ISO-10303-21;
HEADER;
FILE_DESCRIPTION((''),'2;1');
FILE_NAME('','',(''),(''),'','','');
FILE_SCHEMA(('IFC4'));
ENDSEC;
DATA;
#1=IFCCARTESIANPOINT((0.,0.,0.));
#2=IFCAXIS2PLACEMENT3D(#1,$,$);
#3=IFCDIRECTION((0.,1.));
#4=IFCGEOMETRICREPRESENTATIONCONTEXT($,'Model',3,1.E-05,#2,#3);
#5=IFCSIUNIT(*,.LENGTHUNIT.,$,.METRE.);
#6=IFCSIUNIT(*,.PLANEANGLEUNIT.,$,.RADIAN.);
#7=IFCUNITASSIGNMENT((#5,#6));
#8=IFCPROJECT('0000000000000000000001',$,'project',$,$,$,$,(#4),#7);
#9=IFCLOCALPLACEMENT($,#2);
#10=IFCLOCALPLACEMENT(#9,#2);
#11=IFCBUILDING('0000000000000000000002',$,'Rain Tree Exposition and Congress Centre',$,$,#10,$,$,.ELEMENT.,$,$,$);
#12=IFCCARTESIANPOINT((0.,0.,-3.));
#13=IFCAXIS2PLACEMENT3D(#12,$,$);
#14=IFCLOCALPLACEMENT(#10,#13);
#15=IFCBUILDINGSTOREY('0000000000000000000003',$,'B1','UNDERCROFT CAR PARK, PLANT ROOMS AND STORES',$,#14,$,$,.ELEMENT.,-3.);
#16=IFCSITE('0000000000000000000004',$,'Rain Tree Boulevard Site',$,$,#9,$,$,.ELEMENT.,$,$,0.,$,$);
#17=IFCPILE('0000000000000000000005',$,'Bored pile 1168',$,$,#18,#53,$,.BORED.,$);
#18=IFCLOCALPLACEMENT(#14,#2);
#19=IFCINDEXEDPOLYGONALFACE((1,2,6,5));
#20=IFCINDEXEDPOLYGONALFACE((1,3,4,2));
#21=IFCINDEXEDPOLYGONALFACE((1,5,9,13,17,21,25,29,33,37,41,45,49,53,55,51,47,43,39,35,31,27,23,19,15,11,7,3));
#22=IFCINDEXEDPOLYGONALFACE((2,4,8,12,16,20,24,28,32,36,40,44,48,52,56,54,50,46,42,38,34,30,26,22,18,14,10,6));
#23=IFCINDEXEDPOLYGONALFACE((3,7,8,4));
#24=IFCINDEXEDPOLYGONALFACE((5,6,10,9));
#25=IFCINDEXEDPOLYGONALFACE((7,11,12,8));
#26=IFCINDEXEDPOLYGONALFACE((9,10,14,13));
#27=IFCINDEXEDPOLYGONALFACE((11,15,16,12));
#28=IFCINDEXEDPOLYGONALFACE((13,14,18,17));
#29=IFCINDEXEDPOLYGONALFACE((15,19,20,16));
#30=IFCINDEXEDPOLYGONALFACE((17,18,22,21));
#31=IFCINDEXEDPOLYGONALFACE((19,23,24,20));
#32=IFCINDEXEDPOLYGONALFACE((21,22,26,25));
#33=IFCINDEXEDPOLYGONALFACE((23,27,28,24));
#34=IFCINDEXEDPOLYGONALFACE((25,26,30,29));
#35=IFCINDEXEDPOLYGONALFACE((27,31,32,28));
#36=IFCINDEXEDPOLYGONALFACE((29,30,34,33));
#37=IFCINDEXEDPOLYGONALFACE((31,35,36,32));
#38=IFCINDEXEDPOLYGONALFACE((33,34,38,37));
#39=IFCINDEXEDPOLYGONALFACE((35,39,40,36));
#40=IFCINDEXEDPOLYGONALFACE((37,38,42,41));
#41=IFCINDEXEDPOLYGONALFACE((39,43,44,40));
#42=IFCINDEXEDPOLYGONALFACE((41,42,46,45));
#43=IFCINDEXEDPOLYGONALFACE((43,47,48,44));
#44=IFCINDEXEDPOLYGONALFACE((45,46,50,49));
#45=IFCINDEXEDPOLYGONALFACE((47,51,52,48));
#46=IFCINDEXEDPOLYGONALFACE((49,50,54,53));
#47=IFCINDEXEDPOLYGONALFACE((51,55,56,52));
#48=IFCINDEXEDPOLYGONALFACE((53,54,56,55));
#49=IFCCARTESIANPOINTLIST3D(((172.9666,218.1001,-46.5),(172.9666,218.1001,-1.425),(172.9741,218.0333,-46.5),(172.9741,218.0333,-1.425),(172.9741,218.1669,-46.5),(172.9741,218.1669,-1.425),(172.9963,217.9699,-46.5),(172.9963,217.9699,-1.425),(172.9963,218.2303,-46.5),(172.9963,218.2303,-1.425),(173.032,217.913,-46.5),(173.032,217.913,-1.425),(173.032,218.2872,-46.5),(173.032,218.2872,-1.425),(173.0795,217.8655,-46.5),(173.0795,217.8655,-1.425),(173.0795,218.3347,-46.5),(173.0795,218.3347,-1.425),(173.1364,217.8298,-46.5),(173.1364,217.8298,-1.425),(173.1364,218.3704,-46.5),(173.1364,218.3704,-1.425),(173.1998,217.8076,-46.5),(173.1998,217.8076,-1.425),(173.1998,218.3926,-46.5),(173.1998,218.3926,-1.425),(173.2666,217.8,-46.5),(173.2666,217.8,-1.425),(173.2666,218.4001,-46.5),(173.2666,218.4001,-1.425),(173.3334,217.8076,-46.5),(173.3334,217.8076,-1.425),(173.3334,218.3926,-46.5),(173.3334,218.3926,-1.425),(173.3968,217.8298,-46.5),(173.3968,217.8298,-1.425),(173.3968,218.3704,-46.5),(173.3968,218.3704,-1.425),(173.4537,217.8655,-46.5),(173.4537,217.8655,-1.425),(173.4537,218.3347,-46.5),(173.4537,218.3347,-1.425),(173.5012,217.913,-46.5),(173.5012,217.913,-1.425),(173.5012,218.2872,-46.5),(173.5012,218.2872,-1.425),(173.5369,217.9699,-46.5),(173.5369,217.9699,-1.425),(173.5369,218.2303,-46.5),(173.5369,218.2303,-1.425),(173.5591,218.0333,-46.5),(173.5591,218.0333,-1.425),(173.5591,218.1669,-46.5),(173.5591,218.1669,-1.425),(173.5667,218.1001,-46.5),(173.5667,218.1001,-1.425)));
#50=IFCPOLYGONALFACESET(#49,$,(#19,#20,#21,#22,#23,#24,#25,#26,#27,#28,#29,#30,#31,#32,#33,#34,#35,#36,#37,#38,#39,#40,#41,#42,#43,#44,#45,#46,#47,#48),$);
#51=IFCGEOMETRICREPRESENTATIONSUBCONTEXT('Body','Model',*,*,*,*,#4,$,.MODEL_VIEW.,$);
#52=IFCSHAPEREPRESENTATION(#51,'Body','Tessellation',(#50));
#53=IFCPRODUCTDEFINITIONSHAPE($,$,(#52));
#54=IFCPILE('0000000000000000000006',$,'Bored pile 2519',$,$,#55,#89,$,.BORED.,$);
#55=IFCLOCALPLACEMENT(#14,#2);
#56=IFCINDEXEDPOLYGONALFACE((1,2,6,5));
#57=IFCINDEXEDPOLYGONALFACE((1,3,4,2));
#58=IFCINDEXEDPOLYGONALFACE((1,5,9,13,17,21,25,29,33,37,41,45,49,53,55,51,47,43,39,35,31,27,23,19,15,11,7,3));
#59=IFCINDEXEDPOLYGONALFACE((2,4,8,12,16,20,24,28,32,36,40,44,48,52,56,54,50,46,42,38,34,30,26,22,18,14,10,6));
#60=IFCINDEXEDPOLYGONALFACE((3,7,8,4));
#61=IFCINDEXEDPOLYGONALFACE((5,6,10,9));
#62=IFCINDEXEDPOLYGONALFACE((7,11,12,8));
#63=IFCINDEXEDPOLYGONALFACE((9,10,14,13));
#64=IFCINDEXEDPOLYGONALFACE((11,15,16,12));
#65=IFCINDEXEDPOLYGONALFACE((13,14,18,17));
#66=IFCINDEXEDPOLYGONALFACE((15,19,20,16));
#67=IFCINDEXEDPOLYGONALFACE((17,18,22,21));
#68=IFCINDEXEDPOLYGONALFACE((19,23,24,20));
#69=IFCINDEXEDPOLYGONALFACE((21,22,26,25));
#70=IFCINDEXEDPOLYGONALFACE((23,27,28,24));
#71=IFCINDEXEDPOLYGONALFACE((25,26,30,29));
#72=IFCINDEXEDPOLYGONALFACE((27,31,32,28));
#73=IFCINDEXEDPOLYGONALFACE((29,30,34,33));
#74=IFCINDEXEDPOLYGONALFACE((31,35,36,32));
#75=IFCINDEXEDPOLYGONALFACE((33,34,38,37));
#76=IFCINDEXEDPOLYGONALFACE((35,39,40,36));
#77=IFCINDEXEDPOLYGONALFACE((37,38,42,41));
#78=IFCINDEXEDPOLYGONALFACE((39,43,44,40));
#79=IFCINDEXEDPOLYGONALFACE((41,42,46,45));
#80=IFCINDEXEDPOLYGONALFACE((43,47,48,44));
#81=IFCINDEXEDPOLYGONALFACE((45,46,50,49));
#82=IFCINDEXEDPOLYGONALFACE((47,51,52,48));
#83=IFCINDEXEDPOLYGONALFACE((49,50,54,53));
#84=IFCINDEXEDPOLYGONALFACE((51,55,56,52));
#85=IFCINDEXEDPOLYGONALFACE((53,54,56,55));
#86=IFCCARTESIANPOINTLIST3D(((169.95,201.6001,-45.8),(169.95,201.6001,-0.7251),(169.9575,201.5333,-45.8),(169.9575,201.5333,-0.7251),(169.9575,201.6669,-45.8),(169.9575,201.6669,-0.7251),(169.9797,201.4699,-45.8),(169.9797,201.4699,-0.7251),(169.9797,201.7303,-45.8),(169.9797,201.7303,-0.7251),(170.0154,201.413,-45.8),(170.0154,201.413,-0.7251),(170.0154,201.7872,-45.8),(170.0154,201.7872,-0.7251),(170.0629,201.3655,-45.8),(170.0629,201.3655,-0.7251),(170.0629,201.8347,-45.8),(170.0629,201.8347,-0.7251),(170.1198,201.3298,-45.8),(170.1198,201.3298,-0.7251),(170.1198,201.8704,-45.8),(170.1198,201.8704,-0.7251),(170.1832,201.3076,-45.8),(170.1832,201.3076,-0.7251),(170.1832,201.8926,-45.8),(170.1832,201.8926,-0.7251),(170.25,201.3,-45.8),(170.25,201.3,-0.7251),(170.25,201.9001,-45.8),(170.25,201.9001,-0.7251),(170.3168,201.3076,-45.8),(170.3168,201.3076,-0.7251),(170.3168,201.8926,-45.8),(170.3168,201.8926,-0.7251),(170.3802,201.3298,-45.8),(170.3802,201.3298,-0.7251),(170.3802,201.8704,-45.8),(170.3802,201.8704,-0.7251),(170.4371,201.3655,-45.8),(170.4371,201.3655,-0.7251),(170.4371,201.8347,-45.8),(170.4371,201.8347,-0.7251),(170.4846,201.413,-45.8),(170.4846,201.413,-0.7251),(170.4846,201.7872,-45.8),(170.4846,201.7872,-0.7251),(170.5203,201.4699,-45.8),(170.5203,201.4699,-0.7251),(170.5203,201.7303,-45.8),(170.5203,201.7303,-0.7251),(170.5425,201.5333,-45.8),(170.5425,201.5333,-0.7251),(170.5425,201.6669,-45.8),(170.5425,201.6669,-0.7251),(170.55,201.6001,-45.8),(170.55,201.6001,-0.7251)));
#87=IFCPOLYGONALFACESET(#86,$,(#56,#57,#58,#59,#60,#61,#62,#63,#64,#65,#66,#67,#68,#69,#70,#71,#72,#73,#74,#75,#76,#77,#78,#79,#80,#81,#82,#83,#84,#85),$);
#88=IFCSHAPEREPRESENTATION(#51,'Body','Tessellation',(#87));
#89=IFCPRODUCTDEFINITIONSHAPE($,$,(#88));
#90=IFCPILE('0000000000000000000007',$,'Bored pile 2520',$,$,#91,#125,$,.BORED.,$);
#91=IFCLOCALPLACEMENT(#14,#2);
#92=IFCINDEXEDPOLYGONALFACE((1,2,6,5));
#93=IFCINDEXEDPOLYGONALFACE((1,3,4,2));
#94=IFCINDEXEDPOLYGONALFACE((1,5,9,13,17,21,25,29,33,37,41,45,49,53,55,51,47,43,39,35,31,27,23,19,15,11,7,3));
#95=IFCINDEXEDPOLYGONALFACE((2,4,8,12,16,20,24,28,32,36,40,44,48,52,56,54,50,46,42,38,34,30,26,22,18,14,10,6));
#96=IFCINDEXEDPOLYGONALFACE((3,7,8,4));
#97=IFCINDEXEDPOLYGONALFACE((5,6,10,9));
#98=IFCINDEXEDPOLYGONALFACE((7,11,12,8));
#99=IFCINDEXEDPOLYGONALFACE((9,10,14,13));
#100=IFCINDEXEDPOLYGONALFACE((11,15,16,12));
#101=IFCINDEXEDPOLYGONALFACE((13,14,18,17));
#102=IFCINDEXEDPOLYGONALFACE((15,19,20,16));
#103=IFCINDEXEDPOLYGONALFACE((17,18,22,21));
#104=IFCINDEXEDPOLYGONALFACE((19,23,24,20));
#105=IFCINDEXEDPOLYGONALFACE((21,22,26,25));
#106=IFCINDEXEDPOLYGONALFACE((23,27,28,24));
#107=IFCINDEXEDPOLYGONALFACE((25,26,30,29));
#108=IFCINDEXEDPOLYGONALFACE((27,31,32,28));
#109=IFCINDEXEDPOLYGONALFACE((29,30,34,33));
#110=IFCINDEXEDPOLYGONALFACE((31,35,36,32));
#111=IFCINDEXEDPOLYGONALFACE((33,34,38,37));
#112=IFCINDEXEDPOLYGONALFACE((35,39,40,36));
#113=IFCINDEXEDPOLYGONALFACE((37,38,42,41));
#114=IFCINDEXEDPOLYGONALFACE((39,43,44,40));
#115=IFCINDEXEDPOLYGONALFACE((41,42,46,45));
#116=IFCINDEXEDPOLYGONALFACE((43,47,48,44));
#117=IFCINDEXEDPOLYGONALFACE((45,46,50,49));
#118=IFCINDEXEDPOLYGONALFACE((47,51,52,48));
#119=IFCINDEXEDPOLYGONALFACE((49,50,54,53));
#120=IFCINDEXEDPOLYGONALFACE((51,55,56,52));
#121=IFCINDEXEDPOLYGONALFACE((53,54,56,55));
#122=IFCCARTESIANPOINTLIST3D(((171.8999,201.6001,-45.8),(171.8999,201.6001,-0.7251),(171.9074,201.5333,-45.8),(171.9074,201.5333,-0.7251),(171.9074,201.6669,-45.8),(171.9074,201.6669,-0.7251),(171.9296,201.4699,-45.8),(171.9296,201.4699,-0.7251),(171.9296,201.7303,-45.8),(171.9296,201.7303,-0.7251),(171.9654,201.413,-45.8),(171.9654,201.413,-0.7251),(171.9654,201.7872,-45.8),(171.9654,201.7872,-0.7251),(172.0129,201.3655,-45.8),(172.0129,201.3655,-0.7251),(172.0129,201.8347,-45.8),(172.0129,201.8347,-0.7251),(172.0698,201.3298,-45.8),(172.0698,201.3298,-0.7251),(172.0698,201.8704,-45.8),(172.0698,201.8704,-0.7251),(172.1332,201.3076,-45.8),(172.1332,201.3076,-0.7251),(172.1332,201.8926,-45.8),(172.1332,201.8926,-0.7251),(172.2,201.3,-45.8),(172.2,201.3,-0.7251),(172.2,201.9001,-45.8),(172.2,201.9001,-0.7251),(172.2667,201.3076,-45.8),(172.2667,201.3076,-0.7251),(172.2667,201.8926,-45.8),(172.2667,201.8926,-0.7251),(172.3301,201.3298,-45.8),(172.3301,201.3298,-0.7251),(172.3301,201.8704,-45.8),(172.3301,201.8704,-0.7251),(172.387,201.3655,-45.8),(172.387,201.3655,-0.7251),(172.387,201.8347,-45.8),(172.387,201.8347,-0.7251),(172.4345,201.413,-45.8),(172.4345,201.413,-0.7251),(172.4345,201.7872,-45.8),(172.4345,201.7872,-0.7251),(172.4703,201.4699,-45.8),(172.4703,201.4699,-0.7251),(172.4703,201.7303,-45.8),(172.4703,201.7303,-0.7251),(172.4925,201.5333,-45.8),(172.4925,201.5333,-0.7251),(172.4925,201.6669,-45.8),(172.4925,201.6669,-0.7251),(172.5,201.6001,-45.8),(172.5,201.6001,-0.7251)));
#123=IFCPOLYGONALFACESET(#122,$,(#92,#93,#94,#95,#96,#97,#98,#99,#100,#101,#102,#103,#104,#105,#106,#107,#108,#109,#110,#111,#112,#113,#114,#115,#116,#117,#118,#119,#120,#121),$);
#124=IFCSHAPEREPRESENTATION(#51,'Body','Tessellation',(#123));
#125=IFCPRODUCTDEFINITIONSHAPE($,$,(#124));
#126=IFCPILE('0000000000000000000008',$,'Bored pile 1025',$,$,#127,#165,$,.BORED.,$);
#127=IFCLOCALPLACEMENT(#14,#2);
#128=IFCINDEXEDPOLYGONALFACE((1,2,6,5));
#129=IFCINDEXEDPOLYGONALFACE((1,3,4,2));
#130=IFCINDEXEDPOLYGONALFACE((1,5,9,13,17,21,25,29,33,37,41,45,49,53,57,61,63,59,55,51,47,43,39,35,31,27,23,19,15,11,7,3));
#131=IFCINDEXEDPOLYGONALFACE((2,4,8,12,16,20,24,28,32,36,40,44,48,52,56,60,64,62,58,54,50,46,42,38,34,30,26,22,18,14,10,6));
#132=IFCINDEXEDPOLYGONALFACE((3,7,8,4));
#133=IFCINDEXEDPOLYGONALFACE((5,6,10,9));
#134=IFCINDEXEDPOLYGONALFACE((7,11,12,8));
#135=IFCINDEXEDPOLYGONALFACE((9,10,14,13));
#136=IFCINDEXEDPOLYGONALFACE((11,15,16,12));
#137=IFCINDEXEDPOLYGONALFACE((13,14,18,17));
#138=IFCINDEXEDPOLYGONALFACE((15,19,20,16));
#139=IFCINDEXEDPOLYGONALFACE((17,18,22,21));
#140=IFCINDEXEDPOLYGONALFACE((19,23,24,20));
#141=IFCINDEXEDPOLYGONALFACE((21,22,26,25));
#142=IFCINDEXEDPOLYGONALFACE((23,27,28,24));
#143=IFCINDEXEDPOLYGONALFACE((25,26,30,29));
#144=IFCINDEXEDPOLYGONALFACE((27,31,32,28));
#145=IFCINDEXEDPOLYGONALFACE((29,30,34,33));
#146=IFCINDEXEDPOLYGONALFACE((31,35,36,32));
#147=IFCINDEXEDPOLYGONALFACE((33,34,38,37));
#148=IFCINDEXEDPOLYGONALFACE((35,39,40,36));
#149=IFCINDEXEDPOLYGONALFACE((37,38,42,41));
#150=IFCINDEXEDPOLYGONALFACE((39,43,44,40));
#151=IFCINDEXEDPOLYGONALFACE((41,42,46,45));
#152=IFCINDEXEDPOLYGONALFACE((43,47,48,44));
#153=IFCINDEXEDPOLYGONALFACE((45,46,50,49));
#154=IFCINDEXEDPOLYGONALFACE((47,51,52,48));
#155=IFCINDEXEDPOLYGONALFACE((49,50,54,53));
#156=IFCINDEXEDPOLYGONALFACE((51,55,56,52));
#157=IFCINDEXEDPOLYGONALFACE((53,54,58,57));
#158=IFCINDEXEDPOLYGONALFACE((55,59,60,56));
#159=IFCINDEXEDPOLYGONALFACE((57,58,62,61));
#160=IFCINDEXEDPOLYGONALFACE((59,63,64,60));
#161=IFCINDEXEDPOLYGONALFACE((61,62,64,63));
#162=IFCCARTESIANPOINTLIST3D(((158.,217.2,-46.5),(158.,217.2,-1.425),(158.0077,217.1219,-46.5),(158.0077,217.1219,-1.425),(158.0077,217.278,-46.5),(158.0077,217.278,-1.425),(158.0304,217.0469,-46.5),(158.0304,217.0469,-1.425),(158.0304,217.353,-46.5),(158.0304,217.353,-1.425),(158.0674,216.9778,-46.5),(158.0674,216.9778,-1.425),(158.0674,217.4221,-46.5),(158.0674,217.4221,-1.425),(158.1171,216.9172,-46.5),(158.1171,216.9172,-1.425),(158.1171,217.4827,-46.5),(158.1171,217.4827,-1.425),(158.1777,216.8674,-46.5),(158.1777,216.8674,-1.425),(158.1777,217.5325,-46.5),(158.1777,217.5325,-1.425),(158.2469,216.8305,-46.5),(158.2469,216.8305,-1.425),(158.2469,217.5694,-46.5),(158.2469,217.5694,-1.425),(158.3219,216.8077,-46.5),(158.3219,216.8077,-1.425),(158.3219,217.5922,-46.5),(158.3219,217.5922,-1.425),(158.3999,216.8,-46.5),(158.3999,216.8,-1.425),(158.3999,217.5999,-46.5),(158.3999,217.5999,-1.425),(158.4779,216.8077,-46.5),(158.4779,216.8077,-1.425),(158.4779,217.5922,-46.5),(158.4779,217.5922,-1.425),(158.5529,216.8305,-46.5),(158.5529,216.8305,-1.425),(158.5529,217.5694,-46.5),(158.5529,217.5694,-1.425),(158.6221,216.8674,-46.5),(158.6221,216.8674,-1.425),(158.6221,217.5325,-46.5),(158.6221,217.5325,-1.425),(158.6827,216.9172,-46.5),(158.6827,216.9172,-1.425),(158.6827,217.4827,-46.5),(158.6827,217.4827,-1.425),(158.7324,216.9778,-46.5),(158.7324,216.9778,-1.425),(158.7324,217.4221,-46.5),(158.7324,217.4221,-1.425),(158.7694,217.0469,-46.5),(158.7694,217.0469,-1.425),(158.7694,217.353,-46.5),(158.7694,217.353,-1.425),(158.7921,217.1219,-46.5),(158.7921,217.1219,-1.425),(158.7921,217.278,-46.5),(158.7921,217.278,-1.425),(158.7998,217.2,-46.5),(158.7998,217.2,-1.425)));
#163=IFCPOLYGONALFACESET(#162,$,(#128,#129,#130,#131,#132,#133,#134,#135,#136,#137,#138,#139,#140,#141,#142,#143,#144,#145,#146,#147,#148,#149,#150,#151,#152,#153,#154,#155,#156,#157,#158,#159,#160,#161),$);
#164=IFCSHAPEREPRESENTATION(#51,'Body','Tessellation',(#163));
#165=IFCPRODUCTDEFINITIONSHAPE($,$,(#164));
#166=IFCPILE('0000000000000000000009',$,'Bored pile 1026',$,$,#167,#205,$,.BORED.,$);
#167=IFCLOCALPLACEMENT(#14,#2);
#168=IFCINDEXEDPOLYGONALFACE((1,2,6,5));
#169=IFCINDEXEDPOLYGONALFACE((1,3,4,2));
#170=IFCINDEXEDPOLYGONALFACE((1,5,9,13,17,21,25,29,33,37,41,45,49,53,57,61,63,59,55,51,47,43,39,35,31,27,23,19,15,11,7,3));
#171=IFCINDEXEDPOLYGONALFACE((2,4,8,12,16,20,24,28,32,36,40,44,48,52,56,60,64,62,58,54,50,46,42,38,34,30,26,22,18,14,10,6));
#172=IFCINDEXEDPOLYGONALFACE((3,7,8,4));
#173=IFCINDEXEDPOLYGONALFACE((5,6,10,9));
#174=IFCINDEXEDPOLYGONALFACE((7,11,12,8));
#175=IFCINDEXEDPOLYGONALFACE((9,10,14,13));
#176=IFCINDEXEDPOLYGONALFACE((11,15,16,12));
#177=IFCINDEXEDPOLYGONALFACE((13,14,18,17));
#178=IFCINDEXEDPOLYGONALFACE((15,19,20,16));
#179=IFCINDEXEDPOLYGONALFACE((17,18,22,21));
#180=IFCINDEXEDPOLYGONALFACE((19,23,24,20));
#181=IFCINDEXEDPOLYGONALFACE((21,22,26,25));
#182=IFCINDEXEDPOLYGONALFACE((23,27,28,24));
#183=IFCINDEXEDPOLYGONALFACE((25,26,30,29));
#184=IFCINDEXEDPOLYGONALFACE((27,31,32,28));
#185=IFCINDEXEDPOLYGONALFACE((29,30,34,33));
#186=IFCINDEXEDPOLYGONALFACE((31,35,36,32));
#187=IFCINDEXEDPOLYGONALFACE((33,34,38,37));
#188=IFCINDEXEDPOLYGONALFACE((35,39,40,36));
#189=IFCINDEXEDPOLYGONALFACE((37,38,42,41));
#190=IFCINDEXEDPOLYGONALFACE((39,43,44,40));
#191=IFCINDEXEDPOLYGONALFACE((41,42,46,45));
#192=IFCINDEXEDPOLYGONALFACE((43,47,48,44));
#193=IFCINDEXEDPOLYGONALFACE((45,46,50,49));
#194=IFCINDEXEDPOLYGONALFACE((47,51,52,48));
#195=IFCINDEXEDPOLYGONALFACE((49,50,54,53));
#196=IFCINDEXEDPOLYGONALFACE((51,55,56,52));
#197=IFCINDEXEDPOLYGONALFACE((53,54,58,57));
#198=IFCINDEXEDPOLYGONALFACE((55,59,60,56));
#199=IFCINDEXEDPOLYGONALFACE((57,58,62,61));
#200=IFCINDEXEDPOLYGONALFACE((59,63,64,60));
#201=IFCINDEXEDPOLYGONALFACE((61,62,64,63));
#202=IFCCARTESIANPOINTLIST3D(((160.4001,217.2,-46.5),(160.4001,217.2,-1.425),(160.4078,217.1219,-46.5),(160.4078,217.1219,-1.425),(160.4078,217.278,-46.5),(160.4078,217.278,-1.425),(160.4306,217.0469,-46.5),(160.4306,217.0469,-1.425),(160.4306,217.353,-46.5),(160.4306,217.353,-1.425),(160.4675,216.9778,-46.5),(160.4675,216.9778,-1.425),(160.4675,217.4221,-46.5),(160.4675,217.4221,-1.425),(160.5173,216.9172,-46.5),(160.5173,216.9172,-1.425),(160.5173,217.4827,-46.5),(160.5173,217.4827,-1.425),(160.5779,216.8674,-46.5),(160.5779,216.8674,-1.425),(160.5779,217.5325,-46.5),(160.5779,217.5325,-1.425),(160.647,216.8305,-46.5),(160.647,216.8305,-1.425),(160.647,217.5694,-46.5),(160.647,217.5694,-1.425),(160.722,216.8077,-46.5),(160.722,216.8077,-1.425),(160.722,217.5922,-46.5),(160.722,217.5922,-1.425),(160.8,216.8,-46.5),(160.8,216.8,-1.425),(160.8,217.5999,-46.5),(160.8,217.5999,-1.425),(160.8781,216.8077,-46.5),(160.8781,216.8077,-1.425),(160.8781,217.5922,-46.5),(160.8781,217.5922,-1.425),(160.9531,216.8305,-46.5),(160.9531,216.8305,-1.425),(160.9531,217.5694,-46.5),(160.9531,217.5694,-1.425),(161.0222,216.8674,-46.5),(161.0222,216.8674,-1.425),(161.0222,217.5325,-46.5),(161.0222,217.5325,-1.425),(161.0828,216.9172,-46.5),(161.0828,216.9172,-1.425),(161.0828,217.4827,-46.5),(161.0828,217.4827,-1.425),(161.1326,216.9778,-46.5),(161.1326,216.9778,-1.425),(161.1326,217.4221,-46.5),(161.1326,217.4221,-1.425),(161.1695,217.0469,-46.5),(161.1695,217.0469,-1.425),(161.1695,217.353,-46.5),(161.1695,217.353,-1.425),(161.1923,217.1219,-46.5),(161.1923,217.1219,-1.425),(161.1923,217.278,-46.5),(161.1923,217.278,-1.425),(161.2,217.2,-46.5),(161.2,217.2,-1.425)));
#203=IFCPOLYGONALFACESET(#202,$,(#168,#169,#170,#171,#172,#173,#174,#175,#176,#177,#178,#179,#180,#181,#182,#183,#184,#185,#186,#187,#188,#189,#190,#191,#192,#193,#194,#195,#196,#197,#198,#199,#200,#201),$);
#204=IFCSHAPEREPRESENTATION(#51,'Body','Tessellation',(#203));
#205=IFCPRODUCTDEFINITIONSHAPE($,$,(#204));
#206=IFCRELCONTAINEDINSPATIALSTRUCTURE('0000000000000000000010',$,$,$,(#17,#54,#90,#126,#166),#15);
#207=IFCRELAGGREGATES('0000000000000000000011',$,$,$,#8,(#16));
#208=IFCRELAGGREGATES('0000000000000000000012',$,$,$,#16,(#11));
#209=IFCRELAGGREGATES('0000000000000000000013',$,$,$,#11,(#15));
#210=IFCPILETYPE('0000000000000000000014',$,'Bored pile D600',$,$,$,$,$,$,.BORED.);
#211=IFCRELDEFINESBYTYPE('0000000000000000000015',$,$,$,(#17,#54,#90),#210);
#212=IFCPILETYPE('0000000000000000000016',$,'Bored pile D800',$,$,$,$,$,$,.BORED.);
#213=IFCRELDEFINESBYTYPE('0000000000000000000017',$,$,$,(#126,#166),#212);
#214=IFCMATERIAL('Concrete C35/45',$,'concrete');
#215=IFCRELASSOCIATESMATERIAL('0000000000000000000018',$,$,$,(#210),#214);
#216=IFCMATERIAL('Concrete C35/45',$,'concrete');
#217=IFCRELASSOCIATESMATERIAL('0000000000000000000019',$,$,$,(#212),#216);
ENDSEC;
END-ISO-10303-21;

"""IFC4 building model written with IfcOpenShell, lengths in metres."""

from ifc_helpers import new_model, si_unit, direction, frame, origin, origin_2d, place, context, subcontext, project, spatial, circle, extrude, material, material_profile, profile_set, type_object, element, save


model = new_model("IFC4")

# Units and contexts
model_context = context("Model", 3, precision=1e-05, world=origin(), true_north=direction((0.0, 1.0)))
body_context = subcontext(model_context, "Body", "Model", "MODEL_VIEW")
ifc_project = project(units=[si_unit("LENGTHUNIT", "METRE"), si_unit("PLANEANGLEUNIT", "RADIAN")], contexts=[model_context])

# Site, building, storey
site_placement = place(None, origin())
site = spatial("IfcSite", under=ifc_project, at=site_placement, Name="Rain Tree Boulevard Site", CompositionType="ELEMENT", RefElevation=0.0)
building_placement = place(site_placement, origin())
building = spatial("IfcBuilding", under=site, at=building_placement, Name="Rain Tree Exposition and Congress Centre", CompositionType="ELEMENT")
storey_placement = place(building_placement, frame((0.0, 0.0, -3.0)))
storey = spatial("IfcBuildingStorey", under=building, at=storey_placement, Name="B1", Description="UNDERCROFT CAR PARK, PLANT ROOMS AND STORES", CompositionType="ELEMENT", Elevation=-3.0)

# Piles
ifc_material_1 = material(Name="Concrete C35/45", Category="concrete")
ifc_material_profile_1 = material_profile(ifc_material_1, circle(Radius=0.3, at=origin_2d()), Name="D600")
ifc_profile_set_1 = profile_set([ifc_material_profile_1], Name="Concrete C35/45")
pile_type_1 = type_object("IfcPileType", Name="Bored pile D600", PredefinedType="BORED", material=ifc_profile_set_1)
for number, where, z_axis, x_axis, name in (
    (1, (173.2666, 218.1001, -1.425), (0.0, 0.0, -1.0), (1.0, 0.0, 0.0), "Bored pile 1168"),
    (2, (170.25, 201.6001, -0.7251), (0.0, 0.0, -1.0), (1.0, 0.0, 0.0), "Bored pile 2519"),
    (3, (172.2, 201.6001, -0.7251), (0.0, 0.0, -1.0), (1.0, 0.0, 0.0), "Bored pile 2520"),
):
    element("IfcPile", number, at=place(storey_placement, frame(where, z_axis=z_axis, x_axis=x_axis)), inside=storey, type_object=pile_type_1, Name=name, PredefinedType="BORED", context=body_context, shape_type="SweptSolid", body=[
        extrude(circle(Radius=0.3, at=origin_2d()), origin(), (0.0, 0.0, 1.0), 45.075),
    ])
ifc_material_2 = material(Name="Concrete C35/45", Category="concrete")
ifc_material_profile_2 = material_profile(ifc_material_2, circle(Radius=0.3999, at=origin_2d()), Name="D800")
ifc_profile_set_2 = profile_set([ifc_material_profile_2], Name="Concrete C35/45")
pile_type_2 = type_object("IfcPileType", Name="Bored pile D800", PredefinedType="BORED", material=ifc_profile_set_2)
for number, where, z_axis, x_axis, name in (
    (4, (158.3999, 217.2, -1.425), (0.0, 0.0, -1.0), (1.0, 0.0, 0.0), "Bored pile 1025"),
    (5, (160.8, 217.2, -1.425), (0.0, 0.0, -1.0), (1.0, 0.0, 0.0), "Bored pile 1026"),
):
    element("IfcPile", number, at=place(storey_placement, frame(where, z_axis=z_axis, x_axis=x_axis)), inside=storey, type_object=pile_type_2, Name=name, PredefinedType="BORED", context=body_context, shape_type="SweptSolid", body=[
        extrude(circle(Radius=0.3999, at=origin_2d()), origin(), (0.0, 0.0, 1.0), 45.075),
    ])

save(model, "model.ifc")
